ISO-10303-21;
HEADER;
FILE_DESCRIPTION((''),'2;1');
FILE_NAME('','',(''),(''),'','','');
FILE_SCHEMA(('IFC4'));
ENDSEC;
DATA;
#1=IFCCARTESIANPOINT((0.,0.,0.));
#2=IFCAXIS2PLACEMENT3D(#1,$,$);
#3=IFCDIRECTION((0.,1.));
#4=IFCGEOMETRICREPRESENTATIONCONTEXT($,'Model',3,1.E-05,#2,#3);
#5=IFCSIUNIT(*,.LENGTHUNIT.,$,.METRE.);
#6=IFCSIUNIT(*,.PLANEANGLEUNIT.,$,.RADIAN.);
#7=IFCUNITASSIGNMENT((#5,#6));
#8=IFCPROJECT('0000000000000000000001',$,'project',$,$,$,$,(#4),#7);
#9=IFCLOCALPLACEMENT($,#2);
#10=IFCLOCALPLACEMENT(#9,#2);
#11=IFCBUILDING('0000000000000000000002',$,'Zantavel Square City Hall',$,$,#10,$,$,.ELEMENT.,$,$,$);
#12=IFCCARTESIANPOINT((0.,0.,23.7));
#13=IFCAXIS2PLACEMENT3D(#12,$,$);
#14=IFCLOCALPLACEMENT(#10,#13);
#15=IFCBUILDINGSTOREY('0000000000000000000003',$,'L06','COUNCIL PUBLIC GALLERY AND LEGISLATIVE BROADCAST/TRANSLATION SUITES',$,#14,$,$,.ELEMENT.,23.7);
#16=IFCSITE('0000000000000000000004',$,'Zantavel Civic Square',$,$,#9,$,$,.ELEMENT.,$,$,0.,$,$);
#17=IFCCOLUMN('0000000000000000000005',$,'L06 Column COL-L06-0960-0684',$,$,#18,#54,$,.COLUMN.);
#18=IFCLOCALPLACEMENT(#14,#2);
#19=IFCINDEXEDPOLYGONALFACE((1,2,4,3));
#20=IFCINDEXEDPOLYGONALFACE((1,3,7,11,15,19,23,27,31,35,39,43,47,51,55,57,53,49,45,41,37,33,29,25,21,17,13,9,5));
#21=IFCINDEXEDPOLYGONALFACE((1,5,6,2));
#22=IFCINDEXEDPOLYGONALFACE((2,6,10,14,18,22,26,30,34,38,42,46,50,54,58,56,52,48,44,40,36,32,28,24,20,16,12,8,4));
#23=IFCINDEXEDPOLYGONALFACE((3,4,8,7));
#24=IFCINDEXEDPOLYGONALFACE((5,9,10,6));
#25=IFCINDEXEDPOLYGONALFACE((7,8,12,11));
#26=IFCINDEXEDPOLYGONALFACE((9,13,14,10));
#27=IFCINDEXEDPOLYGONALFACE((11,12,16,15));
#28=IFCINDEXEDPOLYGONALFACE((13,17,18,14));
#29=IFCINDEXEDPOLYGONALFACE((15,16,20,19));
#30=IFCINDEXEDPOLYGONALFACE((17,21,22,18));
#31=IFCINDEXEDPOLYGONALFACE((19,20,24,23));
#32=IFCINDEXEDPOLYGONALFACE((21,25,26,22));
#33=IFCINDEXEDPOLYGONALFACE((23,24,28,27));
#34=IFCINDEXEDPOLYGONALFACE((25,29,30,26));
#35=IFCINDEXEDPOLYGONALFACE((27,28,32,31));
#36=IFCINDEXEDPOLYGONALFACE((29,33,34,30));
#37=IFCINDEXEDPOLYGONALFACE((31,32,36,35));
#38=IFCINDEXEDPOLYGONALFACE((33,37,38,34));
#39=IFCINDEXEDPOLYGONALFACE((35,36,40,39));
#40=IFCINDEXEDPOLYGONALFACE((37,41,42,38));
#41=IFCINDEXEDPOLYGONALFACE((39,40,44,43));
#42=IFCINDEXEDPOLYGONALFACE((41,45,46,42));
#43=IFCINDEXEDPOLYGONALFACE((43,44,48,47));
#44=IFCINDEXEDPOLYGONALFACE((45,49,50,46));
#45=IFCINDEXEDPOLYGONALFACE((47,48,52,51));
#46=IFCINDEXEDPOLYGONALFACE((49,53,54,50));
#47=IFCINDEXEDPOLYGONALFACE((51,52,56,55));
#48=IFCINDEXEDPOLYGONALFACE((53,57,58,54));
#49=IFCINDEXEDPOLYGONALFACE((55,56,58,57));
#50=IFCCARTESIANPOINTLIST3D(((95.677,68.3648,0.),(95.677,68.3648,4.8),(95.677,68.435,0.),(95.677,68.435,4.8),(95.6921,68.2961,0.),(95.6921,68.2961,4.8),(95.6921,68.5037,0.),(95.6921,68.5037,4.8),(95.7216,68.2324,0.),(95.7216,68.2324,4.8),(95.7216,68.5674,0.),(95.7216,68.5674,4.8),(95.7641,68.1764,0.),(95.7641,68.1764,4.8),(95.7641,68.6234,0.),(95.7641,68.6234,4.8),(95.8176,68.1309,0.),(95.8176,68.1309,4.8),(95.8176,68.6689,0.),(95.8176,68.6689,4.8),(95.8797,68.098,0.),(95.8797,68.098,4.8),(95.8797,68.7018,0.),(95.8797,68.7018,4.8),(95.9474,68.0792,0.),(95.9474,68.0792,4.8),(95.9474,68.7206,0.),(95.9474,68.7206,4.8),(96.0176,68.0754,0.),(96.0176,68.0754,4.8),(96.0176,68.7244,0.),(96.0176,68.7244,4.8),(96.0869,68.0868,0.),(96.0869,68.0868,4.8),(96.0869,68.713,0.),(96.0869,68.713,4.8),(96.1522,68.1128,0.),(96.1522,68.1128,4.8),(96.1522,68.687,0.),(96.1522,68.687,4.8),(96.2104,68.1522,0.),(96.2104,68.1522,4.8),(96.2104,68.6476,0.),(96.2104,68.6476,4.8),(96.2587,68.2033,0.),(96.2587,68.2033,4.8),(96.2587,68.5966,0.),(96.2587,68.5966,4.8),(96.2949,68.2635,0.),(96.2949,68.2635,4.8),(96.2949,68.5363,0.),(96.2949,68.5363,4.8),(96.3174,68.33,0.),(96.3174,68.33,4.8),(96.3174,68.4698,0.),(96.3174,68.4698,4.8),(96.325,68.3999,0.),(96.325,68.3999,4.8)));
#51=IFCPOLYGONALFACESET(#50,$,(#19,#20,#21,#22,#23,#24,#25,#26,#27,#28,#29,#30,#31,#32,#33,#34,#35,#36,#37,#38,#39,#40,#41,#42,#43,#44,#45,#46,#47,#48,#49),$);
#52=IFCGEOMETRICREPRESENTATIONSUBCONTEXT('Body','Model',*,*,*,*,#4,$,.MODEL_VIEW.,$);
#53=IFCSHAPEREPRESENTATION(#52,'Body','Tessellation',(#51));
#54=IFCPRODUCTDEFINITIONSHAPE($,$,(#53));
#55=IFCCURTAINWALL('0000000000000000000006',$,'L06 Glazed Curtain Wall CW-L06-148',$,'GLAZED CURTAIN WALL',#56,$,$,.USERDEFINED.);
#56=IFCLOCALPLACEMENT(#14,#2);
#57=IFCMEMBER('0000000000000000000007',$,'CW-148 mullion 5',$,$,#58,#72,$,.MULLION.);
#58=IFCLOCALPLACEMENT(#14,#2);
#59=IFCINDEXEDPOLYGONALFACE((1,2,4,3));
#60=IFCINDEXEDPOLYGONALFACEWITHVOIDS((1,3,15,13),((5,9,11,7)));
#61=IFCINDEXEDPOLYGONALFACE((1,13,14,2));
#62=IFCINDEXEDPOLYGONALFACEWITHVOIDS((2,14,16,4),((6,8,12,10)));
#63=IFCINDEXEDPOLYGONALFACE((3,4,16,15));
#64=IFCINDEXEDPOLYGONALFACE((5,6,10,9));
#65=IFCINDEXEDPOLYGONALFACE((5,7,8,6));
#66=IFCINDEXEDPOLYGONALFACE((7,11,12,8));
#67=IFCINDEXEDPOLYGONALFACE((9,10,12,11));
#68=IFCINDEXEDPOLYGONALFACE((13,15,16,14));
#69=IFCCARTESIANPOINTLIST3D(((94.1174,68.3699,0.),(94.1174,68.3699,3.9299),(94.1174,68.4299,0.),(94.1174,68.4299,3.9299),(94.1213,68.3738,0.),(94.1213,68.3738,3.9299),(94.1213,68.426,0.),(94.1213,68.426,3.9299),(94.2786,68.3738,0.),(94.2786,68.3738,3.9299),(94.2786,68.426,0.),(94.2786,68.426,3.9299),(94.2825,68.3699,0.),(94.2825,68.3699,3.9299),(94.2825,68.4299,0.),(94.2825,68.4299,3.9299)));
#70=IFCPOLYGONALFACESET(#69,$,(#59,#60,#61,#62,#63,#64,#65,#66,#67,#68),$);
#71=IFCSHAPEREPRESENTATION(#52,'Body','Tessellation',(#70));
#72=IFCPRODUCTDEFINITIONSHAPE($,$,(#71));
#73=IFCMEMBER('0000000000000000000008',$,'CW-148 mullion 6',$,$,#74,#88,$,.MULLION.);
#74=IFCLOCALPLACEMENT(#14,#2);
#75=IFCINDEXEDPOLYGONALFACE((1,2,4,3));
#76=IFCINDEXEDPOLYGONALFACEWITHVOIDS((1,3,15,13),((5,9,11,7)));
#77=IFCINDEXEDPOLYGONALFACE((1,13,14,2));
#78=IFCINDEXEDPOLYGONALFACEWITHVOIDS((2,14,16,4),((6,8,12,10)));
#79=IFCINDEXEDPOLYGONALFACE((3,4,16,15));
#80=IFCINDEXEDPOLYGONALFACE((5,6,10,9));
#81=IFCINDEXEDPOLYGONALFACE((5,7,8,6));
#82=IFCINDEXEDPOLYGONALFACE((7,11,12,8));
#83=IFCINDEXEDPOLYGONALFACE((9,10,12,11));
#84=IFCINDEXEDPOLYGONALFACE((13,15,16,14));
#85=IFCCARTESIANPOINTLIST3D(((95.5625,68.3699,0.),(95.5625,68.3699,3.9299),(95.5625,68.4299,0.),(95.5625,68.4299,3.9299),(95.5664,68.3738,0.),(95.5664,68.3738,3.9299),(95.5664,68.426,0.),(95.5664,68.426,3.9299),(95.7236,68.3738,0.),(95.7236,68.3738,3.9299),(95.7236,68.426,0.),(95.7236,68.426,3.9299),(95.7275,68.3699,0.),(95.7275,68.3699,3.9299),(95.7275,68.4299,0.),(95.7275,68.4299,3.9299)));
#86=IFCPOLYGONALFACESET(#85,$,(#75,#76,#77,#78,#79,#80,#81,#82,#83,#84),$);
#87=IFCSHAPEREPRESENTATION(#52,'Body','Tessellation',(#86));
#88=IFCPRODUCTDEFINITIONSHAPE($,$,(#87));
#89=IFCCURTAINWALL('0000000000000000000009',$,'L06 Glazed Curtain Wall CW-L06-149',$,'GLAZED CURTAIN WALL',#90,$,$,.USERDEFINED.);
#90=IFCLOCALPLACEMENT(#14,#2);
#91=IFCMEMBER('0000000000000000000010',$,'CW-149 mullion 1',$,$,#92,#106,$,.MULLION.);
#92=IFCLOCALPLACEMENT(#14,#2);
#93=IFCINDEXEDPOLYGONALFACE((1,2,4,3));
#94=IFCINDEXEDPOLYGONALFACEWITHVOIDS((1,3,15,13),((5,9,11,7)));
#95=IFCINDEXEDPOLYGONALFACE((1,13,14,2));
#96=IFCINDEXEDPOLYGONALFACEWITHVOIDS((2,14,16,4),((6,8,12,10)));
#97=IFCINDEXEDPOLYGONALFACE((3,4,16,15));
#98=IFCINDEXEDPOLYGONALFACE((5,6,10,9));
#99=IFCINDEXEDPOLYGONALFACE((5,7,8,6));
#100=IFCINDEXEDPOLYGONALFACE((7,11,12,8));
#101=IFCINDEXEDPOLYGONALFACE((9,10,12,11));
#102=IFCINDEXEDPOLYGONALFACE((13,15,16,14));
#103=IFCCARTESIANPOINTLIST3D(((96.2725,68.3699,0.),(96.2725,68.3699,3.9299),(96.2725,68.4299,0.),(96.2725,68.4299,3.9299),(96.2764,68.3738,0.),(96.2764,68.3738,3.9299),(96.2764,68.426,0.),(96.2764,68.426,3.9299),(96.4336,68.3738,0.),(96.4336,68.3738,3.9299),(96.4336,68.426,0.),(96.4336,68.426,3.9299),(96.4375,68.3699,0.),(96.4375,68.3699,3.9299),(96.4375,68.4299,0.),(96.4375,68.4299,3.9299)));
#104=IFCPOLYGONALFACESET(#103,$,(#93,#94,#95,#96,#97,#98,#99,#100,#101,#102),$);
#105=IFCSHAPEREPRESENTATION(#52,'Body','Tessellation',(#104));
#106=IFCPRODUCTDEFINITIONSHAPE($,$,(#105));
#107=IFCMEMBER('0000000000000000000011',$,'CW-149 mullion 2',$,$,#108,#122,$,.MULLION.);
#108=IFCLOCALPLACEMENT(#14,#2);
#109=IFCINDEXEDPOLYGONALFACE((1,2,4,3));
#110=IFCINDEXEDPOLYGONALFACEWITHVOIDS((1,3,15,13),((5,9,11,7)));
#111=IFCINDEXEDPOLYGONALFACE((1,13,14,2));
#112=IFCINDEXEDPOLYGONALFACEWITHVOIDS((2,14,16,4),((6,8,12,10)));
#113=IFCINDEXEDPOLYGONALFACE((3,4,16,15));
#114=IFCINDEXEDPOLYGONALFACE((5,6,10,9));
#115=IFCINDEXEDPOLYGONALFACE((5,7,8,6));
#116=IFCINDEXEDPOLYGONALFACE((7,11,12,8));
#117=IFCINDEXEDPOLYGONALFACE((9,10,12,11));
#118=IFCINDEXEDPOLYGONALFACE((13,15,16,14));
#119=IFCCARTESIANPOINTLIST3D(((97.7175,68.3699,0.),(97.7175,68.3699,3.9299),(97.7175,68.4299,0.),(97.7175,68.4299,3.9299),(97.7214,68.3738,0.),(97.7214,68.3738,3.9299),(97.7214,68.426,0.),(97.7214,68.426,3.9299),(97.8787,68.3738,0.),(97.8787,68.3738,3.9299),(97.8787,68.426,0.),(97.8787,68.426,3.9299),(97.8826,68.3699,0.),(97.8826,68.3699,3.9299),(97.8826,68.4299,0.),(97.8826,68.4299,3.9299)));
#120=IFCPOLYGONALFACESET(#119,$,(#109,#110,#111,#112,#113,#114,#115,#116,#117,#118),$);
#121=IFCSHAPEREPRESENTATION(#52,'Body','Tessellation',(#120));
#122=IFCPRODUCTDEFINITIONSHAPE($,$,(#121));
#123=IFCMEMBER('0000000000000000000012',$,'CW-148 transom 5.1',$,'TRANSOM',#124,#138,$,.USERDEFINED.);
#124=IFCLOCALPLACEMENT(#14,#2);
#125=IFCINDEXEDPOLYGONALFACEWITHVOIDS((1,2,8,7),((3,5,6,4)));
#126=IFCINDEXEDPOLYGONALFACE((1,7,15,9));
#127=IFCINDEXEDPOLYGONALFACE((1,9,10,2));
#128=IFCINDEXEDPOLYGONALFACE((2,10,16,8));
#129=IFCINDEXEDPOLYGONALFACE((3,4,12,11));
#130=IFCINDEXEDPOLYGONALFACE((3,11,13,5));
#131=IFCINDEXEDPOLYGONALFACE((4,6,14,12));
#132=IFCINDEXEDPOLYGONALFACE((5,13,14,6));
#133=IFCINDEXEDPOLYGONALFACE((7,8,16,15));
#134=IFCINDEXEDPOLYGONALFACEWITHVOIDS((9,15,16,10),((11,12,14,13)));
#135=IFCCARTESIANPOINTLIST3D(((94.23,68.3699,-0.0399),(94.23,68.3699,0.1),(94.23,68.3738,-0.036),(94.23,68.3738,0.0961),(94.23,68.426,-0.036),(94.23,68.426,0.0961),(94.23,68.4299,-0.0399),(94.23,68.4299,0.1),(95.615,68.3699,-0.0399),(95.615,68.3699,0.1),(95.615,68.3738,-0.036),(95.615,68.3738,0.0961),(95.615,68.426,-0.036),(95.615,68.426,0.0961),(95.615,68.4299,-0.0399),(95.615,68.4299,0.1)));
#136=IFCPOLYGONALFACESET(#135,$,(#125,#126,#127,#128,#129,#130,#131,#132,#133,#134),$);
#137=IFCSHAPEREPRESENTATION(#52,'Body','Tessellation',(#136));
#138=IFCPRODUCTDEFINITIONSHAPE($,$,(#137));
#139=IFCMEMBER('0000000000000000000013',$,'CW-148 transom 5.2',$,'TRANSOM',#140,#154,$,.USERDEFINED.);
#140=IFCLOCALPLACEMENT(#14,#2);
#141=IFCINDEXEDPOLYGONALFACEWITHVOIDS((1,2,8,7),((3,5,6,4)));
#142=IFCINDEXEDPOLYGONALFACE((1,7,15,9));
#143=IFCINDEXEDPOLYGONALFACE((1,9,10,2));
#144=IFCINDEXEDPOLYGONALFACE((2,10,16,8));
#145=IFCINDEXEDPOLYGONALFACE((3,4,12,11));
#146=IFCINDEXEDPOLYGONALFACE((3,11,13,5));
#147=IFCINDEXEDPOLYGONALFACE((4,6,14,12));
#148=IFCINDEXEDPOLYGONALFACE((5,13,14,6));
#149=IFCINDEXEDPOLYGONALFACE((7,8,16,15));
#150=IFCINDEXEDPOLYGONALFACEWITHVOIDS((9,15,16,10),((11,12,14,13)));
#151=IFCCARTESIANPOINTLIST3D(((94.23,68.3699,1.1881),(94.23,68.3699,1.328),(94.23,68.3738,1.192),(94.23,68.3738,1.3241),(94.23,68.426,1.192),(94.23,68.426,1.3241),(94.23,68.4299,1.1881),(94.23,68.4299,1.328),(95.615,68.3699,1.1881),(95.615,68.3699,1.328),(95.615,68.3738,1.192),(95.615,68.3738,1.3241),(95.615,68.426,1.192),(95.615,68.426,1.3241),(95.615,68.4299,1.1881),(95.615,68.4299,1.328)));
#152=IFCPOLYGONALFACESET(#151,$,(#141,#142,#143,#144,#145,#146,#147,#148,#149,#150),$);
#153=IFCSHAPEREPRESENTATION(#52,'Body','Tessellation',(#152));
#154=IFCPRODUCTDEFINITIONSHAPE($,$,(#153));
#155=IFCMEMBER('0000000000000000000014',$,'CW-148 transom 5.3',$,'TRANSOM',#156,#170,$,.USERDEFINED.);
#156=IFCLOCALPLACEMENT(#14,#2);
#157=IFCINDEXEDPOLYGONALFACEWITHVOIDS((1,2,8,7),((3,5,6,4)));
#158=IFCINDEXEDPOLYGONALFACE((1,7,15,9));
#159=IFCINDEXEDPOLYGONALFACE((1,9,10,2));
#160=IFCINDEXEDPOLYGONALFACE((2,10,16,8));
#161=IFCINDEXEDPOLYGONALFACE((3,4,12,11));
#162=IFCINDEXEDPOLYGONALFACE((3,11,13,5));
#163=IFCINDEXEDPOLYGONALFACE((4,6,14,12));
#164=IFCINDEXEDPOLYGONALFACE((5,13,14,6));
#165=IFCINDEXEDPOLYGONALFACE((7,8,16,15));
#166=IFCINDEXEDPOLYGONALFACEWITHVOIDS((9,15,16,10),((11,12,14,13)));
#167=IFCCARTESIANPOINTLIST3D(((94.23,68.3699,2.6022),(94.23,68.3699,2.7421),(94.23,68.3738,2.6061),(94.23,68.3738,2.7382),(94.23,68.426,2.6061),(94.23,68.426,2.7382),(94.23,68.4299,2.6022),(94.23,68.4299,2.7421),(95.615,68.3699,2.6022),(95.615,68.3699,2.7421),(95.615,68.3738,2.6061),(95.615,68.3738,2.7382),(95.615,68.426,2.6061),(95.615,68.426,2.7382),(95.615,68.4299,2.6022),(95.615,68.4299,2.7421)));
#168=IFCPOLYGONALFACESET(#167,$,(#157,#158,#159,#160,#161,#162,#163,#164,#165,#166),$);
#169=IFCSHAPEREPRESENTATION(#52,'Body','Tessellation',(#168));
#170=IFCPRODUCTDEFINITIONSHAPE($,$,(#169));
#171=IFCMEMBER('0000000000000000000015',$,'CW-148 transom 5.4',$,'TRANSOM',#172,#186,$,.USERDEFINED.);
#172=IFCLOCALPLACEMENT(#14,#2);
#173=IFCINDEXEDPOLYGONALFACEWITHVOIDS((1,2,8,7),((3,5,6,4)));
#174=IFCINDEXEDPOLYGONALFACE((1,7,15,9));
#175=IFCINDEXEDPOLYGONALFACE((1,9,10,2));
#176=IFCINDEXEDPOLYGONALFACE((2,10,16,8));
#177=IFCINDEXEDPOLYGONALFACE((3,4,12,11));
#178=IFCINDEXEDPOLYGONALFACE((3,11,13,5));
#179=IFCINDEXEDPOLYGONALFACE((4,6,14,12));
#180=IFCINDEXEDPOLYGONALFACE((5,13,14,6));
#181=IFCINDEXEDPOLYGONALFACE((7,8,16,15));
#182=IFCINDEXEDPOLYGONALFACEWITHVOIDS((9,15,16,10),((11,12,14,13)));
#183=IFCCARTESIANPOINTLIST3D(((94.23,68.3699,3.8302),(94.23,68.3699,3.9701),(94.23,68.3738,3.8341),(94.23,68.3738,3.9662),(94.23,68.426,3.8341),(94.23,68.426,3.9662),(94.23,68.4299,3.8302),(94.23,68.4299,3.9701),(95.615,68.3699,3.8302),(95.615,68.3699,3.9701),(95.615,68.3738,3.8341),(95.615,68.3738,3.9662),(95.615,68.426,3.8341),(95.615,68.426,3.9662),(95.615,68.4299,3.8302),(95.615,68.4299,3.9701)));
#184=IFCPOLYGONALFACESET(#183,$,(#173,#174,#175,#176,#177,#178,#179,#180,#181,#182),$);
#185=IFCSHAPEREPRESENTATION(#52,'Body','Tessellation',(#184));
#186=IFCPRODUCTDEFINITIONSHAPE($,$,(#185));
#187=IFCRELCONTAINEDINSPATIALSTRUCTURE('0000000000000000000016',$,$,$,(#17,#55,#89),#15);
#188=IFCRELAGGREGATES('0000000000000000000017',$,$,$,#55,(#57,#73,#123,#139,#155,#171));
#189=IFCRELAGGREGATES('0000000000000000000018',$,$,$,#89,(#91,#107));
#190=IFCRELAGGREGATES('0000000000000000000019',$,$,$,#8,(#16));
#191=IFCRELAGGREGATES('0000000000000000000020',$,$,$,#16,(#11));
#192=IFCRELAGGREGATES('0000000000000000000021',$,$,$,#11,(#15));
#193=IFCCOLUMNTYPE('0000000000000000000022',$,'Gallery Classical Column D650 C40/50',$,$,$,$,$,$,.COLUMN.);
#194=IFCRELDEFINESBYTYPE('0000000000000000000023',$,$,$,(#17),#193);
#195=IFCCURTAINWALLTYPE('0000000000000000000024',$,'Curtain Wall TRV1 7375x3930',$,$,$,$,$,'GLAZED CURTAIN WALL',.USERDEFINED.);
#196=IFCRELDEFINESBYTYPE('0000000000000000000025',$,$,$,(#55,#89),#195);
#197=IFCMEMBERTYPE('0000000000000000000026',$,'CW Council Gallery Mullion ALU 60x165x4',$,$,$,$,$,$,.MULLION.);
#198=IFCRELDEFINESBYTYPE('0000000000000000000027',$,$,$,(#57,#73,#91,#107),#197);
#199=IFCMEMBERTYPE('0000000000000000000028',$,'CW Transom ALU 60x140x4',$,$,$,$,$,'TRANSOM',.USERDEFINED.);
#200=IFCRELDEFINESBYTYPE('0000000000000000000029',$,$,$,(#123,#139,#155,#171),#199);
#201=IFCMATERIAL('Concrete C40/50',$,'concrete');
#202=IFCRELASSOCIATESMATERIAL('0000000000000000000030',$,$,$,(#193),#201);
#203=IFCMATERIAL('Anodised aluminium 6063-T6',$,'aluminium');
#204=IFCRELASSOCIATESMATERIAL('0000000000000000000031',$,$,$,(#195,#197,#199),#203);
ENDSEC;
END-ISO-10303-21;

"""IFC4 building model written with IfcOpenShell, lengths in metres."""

from ifc_helpers import new_model, si_unit, direction, frame, origin, origin_2d, place, context, subcontext, project, spatial, hollow_rectangle, circle, extrude, material, material_profile, profile_set, type_object, element, aggregate, save


model = new_model("IFC4")

# Units and contexts
model_context = context("Model", 3, precision=1e-05, world=origin(), true_north=direction((0.0, 1.0)))
body_context = subcontext(model_context, "Body", "Model", "MODEL_VIEW")
ifc_project = project(units=[si_unit("LENGTHUNIT", "METRE"), si_unit("PLANEANGLEUNIT", "RADIAN")], contexts=[model_context])

# Site, building, storey
site_placement = place(None, origin())
site = spatial("IfcSite", under=ifc_project, at=site_placement, Name="Zantavel Civic Square", CompositionType="ELEMENT", RefElevation=0.0)
building_placement = place(site_placement, origin())
building = spatial("IfcBuilding", under=site, at=building_placement, Name="Zantavel Square City Hall", CompositionType="ELEMENT")
storey_placement = place(building_placement, frame((0.0, 0.0, 23.7)))
storey = spatial("IfcBuildingStorey", under=building, at=storey_placement, Name="L06", Description="COUNCIL PUBLIC GALLERY AND LEGISLATIVE BROADCAST/TRANSLATION SUITES", CompositionType="ELEMENT", Elevation=23.7)

# Column
ifc_material_1 = material(Name="Concrete C40/50", Category="concrete")
ifc_material_profile_1 = material_profile(ifc_material_1, circle(Radius=0.325, at=origin_2d()), Name="ROUND D650")
ifc_profile_set_1 = profile_set([ifc_material_profile_1], Name="Concrete C40/50")
column_type = type_object("IfcColumnType", Name="Gallery Classical Column D650 C40/50", PredefinedType="COLUMN", material=ifc_profile_set_1)
column_placement = place(storey_placement, frame((96.0, 68.3999, 0.0), z_axis=(0.0, 0.0, 1.0), x_axis=(1.0, 0.0, 0.0)))
element("IfcColumn", 1, at=column_placement, inside=storey, type_object=column_type, Name="L06 Column COL-L06-0960-0684", PredefinedType="COLUMN", context=body_context, shape_type="SweptSolid", body=[
    extrude(circle(Radius=0.325, at=origin_2d()), origin(), (0.0, 0.0, 1.0), 4.8),
])

# Curtain walls, members
ifc_material_2 = material(Name="Anodised aluminium 6063-T6", Category="aluminium")
curtain_wall_type = type_object("IfcCurtainWallType", Name="Curtain Wall TRV1 7375x3930", ElementType="GLAZED CURTAIN WALL", PredefinedType="USERDEFINED", material=ifc_material_2)
curtain_wall_1_placement = place(storey_placement, origin())
curtain_wall_1 = element("IfcCurtainWall", 2, at=curtain_wall_1_placement, inside=storey, type_object=curtain_wall_type, Name="L06 Glazed Curtain Wall CW-L06-148", ObjectType="GLAZED CURTAIN WALL", PredefinedType="USERDEFINED")
ifc_material_profile_2 = material_profile(ifc_material_2, hollow_rectangle(XDim=0.0601, YDim=0.165, WallThickness=0.0039, at=origin_2d()), Name="ALU 60x165x4")
ifc_profile_set_2 = profile_set([ifc_material_profile_2], Name="Anodised aluminium 6063-T6")
member_type_1 = type_object("IfcMemberType", Name="CW Council Gallery Mullion ALU 60x165x4", PredefinedType="MULLION", material=ifc_profile_set_2)
member_1_placement = place(storey_placement, frame((94.2, 68.3999, 0.0), z_axis=(0.0, 0.0, 1.0), x_axis=(0.0, 1.0, 0.0)))
member_1 = element("IfcMember", 3, at=member_1_placement, type_object=member_type_1, Name="CW-148 mullion 5", PredefinedType="MULLION", context=body_context, shape_type="SweptSolid", body=[
    extrude(hollow_rectangle(XDim=0.0601, YDim=0.165, WallThickness=0.0039, at=origin_2d()), origin(), (0.0, 0.0, 1.0), 3.9299),
])
member_2_placement = place(storey_placement, frame((95.645, 68.3999, 0.0), z_axis=(0.0, 0.0, 1.0), x_axis=(0.0, 1.0, 0.0)))
member_2 = element("IfcMember", 4, at=member_2_placement, type_object=member_type_1, Name="CW-148 mullion 6", PredefinedType="MULLION", context=body_context, shape_type="SweptSolid", body=[
    extrude(hollow_rectangle(XDim=0.0601, YDim=0.165, WallThickness=0.0039, at=origin_2d()), origin(), (0.0, 0.0, 1.0), 3.9299),
])
curtain_wall_2_placement = place(storey_placement, origin())
curtain_wall_2 = element("IfcCurtainWall", 5, at=curtain_wall_2_placement, inside=storey, type_object=curtain_wall_type, Name="L06 Glazed Curtain Wall CW-L06-149", ObjectType="GLAZED CURTAIN WALL", PredefinedType="USERDEFINED")
member_3_placement = place(storey_placement, frame((96.355, 68.3999, 0.0), z_axis=(0.0, 0.0, 1.0), x_axis=(0.0, 1.0, 0.0)))
member_3 = element("IfcMember", 6, at=member_3_placement, type_object=member_type_1, Name="CW-149 mullion 1", PredefinedType="MULLION", context=body_context, shape_type="SweptSolid", body=[
    extrude(hollow_rectangle(XDim=0.0601, YDim=0.165, WallThickness=0.0039, at=origin_2d()), origin(), (0.0, 0.0, 1.0), 3.9299),
])
member_4_placement = place(storey_placement, frame((97.8, 68.3999, 0.0), z_axis=(0.0, 0.0, 1.0), x_axis=(0.0, 1.0, 0.0)))
member_4 = element("IfcMember", 7, at=member_4_placement, type_object=member_type_1, Name="CW-149 mullion 2", PredefinedType="MULLION", context=body_context, shape_type="SweptSolid", body=[
    extrude(hollow_rectangle(XDim=0.0601, YDim=0.165, WallThickness=0.0039, at=origin_2d()), origin(), (0.0, 0.0, 1.0), 3.9299),
])

# Members
ifc_material_profile_3 = material_profile(ifc_material_2, hollow_rectangle(XDim=0.0601, YDim=0.1399, WallThickness=0.0039, at=origin_2d()), Name="ALU 60x140x4")
ifc_profile_set_3 = profile_set([ifc_material_profile_3], Name="Anodised aluminium 6063-T6")
member_type_2 = type_object("IfcMemberType", Name="CW Transom ALU 60x140x4", ElementType="TRANSOM", PredefinedType="USERDEFINED", material=ifc_profile_set_3)
member_5_placement = place(storey_placement, frame((94.23, 68.3999, 0.03), z_axis=(1.0, 0.0, 0.0), x_axis=(0.0, 1.0, 0.0)))
member_5 = element("IfcMember", 8, at=member_5_placement, type_object=member_type_2, Name="CW-148 transom 5.1", ObjectType="TRANSOM", PredefinedType="USERDEFINED", context=body_context, shape_type="SweptSolid", body=[
    extrude(hollow_rectangle(XDim=0.0601, YDim=0.1399, WallThickness=0.0039, at=origin_2d()), origin(), (0.0, 0.0, 1.0), 1.385),
])
member_6_placement = place(storey_placement, frame((94.23, 68.3999, 1.2581), z_axis=(1.0, 0.0, 0.0), x_axis=(0.0, 1.0, 0.0)))
member_6 = element("IfcMember", 9, at=member_6_placement, type_object=member_type_2, Name="CW-148 transom 5.2", ObjectType="TRANSOM", PredefinedType="USERDEFINED", context=body_context, shape_type="SweptSolid", body=[
    extrude(hollow_rectangle(XDim=0.0601, YDim=0.1399, WallThickness=0.0039, at=origin_2d()), origin(), (0.0, 0.0, 1.0), 1.385),
])
member_7_placement = place(storey_placement, frame((94.23, 68.3999, 2.6721), z_axis=(1.0, 0.0, 0.0), x_axis=(0.0, 1.0, 0.0)))
member_7 = element("IfcMember", 10, at=member_7_placement, type_object=member_type_2, Name="CW-148 transom 5.3", ObjectType="TRANSOM", PredefinedType="USERDEFINED", context=body_context, shape_type="SweptSolid", body=[
    extrude(hollow_rectangle(XDim=0.0601, YDim=0.1399, WallThickness=0.0039, at=origin_2d()), origin(), (0.0, 0.0, 1.0), 1.385),
])
member_8_placement = place(storey_placement, frame((94.23, 68.3999, 3.9001), z_axis=(1.0, 0.0, 0.0), x_axis=(0.0, 1.0, 0.0)))
member_8 = element("IfcMember", 11, at=member_8_placement, type_object=member_type_2, Name="CW-148 transom 5.4", ObjectType="TRANSOM", PredefinedType="USERDEFINED", context=body_context, shape_type="SweptSolid", body=[
    extrude(hollow_rectangle(XDim=0.0601, YDim=0.1399, WallThickness=0.0039, at=origin_2d()), origin(), (0.0, 0.0, 1.0), 1.385),
])

aggregate(curtain_wall_1, [member_1, member_2, member_5, member_6, member_7, member_8])
aggregate(curtain_wall_2, [member_3, member_4])

save(model, "model.ifc")
